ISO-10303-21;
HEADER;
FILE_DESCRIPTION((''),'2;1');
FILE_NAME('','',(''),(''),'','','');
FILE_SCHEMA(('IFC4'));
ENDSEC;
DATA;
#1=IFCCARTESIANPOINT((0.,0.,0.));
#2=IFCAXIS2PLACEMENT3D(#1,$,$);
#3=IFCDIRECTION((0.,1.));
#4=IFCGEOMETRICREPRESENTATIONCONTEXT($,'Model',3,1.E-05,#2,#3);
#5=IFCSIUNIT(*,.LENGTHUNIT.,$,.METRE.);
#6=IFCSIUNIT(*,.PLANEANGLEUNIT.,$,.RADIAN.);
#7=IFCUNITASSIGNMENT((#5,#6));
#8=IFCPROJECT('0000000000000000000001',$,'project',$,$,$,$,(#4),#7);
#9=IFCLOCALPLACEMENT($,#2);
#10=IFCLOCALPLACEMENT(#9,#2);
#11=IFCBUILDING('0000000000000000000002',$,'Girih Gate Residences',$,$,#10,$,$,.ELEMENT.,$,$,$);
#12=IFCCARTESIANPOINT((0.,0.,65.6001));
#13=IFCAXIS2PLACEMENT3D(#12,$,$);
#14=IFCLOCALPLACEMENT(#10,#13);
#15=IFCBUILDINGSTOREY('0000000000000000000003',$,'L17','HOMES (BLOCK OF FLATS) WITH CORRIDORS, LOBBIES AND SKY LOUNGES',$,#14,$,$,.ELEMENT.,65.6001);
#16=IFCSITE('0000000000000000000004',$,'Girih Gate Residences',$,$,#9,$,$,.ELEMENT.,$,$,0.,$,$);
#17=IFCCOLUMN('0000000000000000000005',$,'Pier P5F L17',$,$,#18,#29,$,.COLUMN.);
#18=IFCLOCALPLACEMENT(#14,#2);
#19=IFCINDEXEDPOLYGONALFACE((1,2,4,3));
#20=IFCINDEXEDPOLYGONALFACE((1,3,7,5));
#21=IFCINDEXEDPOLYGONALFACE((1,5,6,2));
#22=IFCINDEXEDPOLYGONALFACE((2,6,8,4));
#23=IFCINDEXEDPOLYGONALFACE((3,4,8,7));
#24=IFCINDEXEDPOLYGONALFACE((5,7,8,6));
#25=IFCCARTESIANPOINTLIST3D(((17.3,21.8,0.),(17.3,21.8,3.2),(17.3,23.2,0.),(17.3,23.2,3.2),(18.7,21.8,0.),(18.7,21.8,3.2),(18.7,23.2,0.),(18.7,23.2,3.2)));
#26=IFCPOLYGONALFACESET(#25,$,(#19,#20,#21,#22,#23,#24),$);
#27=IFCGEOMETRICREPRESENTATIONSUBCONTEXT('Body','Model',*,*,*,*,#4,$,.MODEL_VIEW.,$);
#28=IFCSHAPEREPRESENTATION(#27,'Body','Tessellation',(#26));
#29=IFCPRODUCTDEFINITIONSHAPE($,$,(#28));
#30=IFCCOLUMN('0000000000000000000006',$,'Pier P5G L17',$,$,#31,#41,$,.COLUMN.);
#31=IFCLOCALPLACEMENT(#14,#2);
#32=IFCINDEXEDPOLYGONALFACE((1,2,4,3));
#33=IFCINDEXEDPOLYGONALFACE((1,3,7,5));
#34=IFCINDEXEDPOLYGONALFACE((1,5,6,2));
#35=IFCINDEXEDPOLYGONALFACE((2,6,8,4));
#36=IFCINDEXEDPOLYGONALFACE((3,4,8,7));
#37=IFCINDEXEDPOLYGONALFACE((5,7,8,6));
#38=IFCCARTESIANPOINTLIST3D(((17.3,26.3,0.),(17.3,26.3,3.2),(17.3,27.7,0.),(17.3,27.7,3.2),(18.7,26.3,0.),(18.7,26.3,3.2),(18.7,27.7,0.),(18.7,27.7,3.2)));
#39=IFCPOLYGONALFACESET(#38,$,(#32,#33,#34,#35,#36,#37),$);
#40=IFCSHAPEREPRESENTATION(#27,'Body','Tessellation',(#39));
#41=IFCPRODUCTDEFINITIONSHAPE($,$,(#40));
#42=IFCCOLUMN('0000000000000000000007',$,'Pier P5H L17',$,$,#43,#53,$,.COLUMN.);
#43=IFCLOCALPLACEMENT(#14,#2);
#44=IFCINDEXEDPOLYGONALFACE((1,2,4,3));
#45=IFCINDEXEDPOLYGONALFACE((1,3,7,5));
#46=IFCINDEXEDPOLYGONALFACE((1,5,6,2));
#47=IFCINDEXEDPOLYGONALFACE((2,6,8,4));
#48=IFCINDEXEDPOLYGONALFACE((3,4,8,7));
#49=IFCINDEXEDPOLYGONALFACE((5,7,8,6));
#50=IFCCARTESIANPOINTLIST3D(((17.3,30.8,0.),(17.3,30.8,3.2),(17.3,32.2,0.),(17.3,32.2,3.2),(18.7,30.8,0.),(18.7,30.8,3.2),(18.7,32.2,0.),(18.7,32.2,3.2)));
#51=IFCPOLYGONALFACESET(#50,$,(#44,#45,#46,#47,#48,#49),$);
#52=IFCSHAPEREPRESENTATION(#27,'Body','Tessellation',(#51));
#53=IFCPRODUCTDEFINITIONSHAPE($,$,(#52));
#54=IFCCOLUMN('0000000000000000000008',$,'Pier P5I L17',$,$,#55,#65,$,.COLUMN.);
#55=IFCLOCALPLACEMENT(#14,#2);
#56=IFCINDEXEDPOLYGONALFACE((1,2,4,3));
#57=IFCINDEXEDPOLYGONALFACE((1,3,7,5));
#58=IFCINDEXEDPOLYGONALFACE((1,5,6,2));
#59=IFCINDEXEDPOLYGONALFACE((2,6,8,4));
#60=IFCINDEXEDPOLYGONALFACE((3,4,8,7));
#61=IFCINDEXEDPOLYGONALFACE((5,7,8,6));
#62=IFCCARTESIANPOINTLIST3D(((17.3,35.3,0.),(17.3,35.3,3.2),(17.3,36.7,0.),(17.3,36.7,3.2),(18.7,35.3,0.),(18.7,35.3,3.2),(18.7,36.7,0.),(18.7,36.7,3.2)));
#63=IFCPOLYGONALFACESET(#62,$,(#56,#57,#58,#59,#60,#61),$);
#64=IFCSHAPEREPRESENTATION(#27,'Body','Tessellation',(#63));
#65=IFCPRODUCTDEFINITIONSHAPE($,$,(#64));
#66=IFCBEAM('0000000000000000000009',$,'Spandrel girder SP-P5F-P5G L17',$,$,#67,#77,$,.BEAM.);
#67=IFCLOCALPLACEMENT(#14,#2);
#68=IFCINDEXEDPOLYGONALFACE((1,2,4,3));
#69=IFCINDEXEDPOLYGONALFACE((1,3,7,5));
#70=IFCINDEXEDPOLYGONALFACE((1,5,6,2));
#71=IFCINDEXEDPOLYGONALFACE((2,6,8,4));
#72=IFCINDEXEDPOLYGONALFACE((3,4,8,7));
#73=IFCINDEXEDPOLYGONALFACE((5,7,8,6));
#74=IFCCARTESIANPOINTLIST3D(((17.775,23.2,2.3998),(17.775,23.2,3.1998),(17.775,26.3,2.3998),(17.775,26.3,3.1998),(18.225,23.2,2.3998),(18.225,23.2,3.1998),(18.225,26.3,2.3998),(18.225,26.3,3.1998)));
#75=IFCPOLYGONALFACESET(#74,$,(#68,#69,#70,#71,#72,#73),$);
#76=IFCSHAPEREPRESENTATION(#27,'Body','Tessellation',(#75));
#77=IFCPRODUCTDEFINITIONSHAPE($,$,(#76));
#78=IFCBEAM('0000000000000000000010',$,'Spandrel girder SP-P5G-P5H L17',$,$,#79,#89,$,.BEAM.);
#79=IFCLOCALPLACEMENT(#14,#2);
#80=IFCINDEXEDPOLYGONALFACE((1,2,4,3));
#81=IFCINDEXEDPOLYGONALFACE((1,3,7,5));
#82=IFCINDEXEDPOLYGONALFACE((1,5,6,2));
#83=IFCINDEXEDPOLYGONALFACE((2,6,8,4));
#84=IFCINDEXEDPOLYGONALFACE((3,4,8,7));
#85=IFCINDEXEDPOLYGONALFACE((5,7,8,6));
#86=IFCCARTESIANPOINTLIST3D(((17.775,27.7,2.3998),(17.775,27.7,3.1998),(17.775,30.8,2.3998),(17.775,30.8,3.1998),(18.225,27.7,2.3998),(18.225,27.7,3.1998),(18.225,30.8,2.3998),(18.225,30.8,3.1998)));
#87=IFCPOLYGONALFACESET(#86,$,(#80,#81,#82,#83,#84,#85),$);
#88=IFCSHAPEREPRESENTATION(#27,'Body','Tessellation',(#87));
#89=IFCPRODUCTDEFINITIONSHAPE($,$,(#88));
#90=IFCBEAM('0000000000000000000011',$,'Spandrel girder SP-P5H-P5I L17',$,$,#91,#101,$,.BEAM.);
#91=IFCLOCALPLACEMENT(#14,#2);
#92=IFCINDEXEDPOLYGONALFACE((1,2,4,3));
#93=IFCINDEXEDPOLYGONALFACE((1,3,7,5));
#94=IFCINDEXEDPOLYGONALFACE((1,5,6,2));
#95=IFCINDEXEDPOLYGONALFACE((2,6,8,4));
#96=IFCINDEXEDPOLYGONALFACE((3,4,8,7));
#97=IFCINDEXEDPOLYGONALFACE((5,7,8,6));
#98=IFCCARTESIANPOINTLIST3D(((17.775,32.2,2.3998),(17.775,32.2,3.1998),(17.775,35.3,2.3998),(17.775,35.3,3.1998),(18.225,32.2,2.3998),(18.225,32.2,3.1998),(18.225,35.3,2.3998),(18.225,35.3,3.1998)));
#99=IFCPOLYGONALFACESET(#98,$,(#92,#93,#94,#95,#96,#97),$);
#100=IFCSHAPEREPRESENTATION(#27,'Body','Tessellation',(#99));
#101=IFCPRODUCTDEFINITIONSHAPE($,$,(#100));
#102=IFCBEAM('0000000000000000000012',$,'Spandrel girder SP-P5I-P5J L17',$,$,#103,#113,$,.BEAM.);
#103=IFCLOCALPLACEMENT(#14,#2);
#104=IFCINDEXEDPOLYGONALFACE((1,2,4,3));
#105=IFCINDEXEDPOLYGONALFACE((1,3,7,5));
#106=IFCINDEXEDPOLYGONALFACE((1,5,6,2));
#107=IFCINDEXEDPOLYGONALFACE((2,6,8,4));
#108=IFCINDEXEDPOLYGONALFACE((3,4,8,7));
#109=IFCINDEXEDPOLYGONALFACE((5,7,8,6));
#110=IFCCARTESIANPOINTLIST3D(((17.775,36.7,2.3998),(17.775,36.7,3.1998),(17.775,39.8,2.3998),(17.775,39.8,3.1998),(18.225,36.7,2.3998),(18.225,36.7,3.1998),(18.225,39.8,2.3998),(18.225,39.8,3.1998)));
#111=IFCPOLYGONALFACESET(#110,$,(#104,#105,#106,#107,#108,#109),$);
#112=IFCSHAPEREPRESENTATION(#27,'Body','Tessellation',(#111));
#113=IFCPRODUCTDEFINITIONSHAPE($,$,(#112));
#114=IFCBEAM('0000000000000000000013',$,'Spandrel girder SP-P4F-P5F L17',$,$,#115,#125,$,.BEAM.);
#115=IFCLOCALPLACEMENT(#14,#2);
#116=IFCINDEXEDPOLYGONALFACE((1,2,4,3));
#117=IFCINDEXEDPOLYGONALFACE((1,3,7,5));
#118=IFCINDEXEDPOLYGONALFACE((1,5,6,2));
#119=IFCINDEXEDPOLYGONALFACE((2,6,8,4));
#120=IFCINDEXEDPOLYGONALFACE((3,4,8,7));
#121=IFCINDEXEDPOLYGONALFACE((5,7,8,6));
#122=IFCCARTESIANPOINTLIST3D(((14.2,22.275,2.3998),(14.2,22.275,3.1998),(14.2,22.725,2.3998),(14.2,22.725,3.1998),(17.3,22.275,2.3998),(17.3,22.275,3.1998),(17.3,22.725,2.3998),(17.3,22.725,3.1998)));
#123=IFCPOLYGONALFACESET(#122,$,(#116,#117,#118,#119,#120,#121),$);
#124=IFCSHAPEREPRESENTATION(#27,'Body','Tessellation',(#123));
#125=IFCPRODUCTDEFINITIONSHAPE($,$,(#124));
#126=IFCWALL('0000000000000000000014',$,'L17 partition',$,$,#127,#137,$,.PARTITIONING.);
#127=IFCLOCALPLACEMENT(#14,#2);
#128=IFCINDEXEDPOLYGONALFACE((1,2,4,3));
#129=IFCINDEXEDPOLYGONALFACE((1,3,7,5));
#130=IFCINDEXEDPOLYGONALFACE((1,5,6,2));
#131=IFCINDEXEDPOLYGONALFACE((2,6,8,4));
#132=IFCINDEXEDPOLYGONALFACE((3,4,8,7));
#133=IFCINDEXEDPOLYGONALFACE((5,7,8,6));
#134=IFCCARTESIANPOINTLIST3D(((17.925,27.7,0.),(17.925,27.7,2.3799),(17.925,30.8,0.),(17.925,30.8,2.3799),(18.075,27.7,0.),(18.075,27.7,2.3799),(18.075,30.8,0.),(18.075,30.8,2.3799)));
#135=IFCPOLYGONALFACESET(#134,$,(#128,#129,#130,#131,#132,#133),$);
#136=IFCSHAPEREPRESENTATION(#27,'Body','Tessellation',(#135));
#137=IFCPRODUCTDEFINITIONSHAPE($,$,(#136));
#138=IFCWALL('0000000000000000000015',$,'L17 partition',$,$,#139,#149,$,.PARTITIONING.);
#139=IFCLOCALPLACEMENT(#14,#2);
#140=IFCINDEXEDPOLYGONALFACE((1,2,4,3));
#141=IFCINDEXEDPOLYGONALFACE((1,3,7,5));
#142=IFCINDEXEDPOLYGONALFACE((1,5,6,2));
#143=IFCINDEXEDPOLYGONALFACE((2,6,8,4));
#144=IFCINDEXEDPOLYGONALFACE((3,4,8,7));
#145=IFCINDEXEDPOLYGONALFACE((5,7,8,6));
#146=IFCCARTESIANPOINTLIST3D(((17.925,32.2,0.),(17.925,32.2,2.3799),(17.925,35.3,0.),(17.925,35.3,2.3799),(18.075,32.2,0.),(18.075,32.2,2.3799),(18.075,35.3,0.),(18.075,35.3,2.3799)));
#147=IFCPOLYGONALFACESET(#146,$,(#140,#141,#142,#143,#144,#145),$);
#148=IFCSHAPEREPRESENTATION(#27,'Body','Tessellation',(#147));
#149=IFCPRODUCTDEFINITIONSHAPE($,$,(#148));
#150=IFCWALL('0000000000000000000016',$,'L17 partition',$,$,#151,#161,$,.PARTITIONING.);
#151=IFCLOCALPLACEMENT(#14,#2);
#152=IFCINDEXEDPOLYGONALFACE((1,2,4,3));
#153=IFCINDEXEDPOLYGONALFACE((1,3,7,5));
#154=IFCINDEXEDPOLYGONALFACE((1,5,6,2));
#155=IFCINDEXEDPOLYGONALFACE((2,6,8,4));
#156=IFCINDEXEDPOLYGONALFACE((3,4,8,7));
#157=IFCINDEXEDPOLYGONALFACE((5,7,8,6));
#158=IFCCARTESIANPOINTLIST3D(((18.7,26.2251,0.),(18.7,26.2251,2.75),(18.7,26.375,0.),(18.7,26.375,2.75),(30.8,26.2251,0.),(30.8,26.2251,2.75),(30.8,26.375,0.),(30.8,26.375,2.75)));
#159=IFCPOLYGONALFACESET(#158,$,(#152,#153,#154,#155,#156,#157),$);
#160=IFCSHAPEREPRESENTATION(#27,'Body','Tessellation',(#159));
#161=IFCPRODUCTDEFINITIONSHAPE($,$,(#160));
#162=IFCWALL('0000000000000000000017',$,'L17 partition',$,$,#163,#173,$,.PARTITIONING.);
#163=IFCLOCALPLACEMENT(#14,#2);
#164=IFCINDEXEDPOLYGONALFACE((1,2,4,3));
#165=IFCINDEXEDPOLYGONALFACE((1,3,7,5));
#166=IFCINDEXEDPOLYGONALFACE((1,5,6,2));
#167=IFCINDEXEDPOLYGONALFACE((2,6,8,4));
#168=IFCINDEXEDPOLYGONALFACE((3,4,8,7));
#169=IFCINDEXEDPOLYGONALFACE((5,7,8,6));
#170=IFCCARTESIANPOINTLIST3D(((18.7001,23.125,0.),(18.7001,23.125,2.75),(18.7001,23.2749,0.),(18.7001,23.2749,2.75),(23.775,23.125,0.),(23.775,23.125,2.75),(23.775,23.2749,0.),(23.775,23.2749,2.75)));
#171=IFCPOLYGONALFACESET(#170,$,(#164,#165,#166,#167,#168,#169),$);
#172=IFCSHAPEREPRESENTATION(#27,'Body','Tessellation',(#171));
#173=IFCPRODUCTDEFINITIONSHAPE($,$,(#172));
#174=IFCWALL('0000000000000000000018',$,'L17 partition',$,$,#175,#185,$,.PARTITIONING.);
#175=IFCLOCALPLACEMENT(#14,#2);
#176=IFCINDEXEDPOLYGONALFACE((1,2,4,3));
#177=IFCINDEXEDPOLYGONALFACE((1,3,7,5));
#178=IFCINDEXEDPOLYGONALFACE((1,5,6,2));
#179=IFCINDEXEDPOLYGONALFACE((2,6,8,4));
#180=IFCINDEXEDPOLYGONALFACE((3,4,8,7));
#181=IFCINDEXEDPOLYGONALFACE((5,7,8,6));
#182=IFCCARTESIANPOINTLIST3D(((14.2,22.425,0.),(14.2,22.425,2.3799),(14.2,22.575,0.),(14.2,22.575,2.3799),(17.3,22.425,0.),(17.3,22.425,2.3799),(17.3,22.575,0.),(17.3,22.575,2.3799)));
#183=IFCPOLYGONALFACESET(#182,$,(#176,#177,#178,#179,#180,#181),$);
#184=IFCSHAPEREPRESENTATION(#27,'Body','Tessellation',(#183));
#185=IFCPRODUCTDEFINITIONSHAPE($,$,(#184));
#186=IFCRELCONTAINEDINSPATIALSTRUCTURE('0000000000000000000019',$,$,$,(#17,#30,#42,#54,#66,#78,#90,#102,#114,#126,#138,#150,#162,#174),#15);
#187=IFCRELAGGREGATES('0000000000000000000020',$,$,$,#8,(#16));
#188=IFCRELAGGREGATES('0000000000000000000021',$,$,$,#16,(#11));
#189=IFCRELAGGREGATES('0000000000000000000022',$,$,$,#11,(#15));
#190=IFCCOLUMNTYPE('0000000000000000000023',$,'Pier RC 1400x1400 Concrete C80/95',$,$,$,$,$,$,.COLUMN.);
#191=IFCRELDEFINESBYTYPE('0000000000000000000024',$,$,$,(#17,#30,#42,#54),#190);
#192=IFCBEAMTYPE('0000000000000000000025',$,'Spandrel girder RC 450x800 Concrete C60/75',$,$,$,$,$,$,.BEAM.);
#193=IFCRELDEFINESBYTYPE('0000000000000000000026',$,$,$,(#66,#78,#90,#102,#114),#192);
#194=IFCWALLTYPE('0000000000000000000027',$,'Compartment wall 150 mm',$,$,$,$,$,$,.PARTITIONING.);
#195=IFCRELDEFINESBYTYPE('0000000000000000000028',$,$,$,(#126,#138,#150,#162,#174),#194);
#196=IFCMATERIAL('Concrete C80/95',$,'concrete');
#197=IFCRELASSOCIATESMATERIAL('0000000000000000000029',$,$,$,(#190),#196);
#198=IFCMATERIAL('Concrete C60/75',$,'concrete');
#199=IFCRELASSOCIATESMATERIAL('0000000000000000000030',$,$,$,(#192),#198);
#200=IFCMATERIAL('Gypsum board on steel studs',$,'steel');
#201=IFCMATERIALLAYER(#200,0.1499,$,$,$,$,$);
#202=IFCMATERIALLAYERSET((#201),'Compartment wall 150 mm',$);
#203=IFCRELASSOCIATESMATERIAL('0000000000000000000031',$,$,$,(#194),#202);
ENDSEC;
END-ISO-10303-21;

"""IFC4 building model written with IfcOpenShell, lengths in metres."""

from ifc_helpers import new_model, si_unit, direction, frame, frame_2d, origin, origin_2d, place, context, subcontext, project, spatial, rectangle, extrude, material, layer, layer_set, material_profile, profile_set, type_object, element, save


model = new_model("IFC4")

# Units and contexts
model_context = context("Model", 3, precision=1e-05, world=origin(), true_north=direction((0.0, 1.0)))
body_context = subcontext(model_context, "Body", "Model", "MODEL_VIEW")
ifc_project = project(units=[si_unit("LENGTHUNIT", "METRE"), si_unit("PLANEANGLEUNIT", "RADIAN")], contexts=[model_context])

# Site, building, storey
site_placement = place(None, origin())
site = spatial("IfcSite", under=ifc_project, at=site_placement, Name="Girih Gate Residences", CompositionType="ELEMENT", RefElevation=0.0)
building_placement = place(site_placement, origin())
building = spatial("IfcBuilding", under=site, at=building_placement, Name="Girih Gate Residences", CompositionType="ELEMENT")
storey_placement = place(building_placement, frame((0.0, 0.0, 65.6001)))
storey = spatial("IfcBuildingStorey", under=building, at=storey_placement, Name="L17", Description="HOMES (BLOCK OF FLATS) WITH CORRIDORS, LOBBIES AND SKY LOUNGES", CompositionType="ELEMENT", Elevation=65.6001)

# Columns
ifc_material_1 = material(Name="Concrete C80/95", Category="concrete")
ifc_material_profile_1 = material_profile(ifc_material_1, rectangle(XDim=1.3999, YDim=1.3999, at=origin_2d()))
ifc_profile_set_1 = profile_set([ifc_material_profile_1], Name="Concrete C80/95")
column_type = type_object("IfcColumnType", Name="Pier RC 1400x1400 Concrete C80/95", PredefinedType="COLUMN", material=ifc_profile_set_1)
for number, where, z_axis, x_axis, name in (
    (1, (18.0, 22.5, 0.0), (0.0, 0.0, 1.0), (1.0, 0.0, 0.0), "Pier P5F L17"),
    (2, (18.0, 27.0, 0.0), (0.0, 0.0, 1.0), (1.0, 0.0, 0.0), "Pier P5G L17"),
    (3, (18.0, 31.5, 0.0), (0.0, 0.0, 1.0), (1.0, 0.0, 0.0), "Pier P5H L17"),
    (4, (18.0, 36.0, 0.0), (0.0, 0.0, 1.0), (1.0, 0.0, 0.0), "Pier P5I L17"),
):
    element("IfcColumn", number, at=place(storey_placement, frame(where, z_axis=z_axis, x_axis=x_axis)), inside=storey, type_object=column_type, Name=name, PredefinedType="COLUMN", context=body_context, shape_type="SweptSolid", body=[
        extrude(rectangle(XDim=1.3999, YDim=1.3999, at=origin_2d()), origin(), (0.0, 0.0, 1.0), 3.2),
    ])

# Beams
ifc_material_2 = material(Name="Concrete C60/75", Category="concrete")
ifc_material_profile_2 = material_profile(ifc_material_2, rectangle(XDim=0.45, YDim=0.8, at=origin_2d()))
ifc_profile_set_2 = profile_set([ifc_material_profile_2], Name="Concrete C60/75")
beam_type = type_object("IfcBeamType", Name="Spandrel girder RC 450x800 Concrete C60/75", PredefinedType="BEAM", material=ifc_profile_set_2)
for number, where, z_axis, x_axis, name in (
    (5, (18.0, 23.2, 2.7998), (0.0, 1.0, 0.0), (-1.0, 0.0, 0.0), "Spandrel girder SP-P5F-P5G L17"),
    (6, (18.0, 27.7, 2.7998), (0.0, 1.0, 0.0), (-1.0, 0.0, 0.0), "Spandrel girder SP-P5G-P5H L17"),
    (7, (18.0, 32.2, 2.7998), (0.0, 1.0, 0.0), (-1.0, 0.0, 0.0), "Spandrel girder SP-P5H-P5I L17"),
    (8, (18.0, 36.7, 2.7998), (0.0, 1.0, 0.0), (-1.0, 0.0, 0.0), "Spandrel girder SP-P5I-P5J L17"),
    (9, (14.2, 22.5, 2.7998), (1.0, 0.0, 0.0), (0.0, 1.0, 0.0), "Spandrel girder SP-P4F-P5F L17"),
):
    element("IfcBeam", number, at=place(storey_placement, frame(where, z_axis=z_axis, x_axis=x_axis)), inside=storey, type_object=beam_type, Name=name, PredefinedType="BEAM", context=body_context, shape_type="SweptSolid", body=[
        extrude(rectangle(XDim=0.45, YDim=0.8, at=origin_2d()), origin(), (0.0, 0.0, 1.0), 3.1001),
    ])

# Walls
ifc_material_3 = material(Name="Gypsum board on steel studs", Category="steel")
ifc_layer_1 = layer(ifc_material_3, 0.1499)
ifc_layer_set_1 = layer_set([ifc_layer_1], Name="Compartment wall 150 mm")
wall_type_1 = type_object("IfcWallType", Name="Compartment wall 150 mm", PredefinedType="PARTITIONING", material=ifc_layer_set_1)
for number, where, z_axis, x_axis, name in (
    (10, (18.0, 27.7, 0.0), (0.0, 0.0, 1.0), (0.0, 1.0, 0.0), "L17 partition"),
    (11, (18.0, 32.2, 0.0), (0.0, 0.0, 1.0), (0.0, 1.0, 0.0), "L17 partition"),
):
    element("IfcWall", number, at=place(storey_placement, frame(where, z_axis=z_axis, x_axis=x_axis)), inside=storey, type_object=wall_type_1, Name=name, PredefinedType="PARTITIONING", context=body_context, shape_type="SweptSolid", body=[
        extrude(rectangle(XDim=3.1001, YDim=0.1499, at=frame_2d((1.55, 0.0))), origin(), (0.0, 0.0, 1.0), 2.3799),
    ])
wall_1_placement = place(storey_placement, frame((18.7, 26.3, 0.0), z_axis=(0.0, 0.0, 1.0), x_axis=(1.0, 0.0, 0.0)))
element("IfcWall", 12, at=wall_1_placement, inside=storey, type_object=wall_type_1, Name="L17 partition", PredefinedType="PARTITIONING", context=body_context, shape_type="SweptSolid", body=[
    extrude(rectangle(XDim=12.1001, YDim=0.1499, at=frame_2d((6.05, 0.0))), origin(), (0.0, 0.0, 1.0), 2.75),
])
wall_2_placement = place(storey_placement, frame((18.7, 23.2, 0.0), z_axis=(0.0, 0.0, 1.0), x_axis=(1.0, 0.0, 0.0)))
element("IfcWall", 13, at=wall_2_placement, inside=storey, type_object=wall_type_1, Name="L17 partition", PredefinedType="PARTITIONING", context=body_context, shape_type="SweptSolid", body=[
    extrude(rectangle(XDim=5.075, YDim=0.1499, at=frame_2d((2.5376, 0.0))), origin(), (0.0, 0.0, 1.0), 2.75),
])
wall_3_placement = place(storey_placement, frame((14.2, 22.5, 0.0), z_axis=(0.0, 0.0, 1.0), x_axis=(1.0, 0.0, 0.0)))
element("IfcWall", 14, at=wall_3_placement, inside=storey, type_object=wall_type_1, Name="L17 partition", PredefinedType="PARTITIONING", context=body_context, shape_type="SweptSolid", body=[
    extrude(rectangle(XDim=3.1001, YDim=0.1499, at=frame_2d((1.55, 0.0))), origin(), (0.0, 0.0, 1.0), 2.3799),
])

save(model, "model.ifc")
